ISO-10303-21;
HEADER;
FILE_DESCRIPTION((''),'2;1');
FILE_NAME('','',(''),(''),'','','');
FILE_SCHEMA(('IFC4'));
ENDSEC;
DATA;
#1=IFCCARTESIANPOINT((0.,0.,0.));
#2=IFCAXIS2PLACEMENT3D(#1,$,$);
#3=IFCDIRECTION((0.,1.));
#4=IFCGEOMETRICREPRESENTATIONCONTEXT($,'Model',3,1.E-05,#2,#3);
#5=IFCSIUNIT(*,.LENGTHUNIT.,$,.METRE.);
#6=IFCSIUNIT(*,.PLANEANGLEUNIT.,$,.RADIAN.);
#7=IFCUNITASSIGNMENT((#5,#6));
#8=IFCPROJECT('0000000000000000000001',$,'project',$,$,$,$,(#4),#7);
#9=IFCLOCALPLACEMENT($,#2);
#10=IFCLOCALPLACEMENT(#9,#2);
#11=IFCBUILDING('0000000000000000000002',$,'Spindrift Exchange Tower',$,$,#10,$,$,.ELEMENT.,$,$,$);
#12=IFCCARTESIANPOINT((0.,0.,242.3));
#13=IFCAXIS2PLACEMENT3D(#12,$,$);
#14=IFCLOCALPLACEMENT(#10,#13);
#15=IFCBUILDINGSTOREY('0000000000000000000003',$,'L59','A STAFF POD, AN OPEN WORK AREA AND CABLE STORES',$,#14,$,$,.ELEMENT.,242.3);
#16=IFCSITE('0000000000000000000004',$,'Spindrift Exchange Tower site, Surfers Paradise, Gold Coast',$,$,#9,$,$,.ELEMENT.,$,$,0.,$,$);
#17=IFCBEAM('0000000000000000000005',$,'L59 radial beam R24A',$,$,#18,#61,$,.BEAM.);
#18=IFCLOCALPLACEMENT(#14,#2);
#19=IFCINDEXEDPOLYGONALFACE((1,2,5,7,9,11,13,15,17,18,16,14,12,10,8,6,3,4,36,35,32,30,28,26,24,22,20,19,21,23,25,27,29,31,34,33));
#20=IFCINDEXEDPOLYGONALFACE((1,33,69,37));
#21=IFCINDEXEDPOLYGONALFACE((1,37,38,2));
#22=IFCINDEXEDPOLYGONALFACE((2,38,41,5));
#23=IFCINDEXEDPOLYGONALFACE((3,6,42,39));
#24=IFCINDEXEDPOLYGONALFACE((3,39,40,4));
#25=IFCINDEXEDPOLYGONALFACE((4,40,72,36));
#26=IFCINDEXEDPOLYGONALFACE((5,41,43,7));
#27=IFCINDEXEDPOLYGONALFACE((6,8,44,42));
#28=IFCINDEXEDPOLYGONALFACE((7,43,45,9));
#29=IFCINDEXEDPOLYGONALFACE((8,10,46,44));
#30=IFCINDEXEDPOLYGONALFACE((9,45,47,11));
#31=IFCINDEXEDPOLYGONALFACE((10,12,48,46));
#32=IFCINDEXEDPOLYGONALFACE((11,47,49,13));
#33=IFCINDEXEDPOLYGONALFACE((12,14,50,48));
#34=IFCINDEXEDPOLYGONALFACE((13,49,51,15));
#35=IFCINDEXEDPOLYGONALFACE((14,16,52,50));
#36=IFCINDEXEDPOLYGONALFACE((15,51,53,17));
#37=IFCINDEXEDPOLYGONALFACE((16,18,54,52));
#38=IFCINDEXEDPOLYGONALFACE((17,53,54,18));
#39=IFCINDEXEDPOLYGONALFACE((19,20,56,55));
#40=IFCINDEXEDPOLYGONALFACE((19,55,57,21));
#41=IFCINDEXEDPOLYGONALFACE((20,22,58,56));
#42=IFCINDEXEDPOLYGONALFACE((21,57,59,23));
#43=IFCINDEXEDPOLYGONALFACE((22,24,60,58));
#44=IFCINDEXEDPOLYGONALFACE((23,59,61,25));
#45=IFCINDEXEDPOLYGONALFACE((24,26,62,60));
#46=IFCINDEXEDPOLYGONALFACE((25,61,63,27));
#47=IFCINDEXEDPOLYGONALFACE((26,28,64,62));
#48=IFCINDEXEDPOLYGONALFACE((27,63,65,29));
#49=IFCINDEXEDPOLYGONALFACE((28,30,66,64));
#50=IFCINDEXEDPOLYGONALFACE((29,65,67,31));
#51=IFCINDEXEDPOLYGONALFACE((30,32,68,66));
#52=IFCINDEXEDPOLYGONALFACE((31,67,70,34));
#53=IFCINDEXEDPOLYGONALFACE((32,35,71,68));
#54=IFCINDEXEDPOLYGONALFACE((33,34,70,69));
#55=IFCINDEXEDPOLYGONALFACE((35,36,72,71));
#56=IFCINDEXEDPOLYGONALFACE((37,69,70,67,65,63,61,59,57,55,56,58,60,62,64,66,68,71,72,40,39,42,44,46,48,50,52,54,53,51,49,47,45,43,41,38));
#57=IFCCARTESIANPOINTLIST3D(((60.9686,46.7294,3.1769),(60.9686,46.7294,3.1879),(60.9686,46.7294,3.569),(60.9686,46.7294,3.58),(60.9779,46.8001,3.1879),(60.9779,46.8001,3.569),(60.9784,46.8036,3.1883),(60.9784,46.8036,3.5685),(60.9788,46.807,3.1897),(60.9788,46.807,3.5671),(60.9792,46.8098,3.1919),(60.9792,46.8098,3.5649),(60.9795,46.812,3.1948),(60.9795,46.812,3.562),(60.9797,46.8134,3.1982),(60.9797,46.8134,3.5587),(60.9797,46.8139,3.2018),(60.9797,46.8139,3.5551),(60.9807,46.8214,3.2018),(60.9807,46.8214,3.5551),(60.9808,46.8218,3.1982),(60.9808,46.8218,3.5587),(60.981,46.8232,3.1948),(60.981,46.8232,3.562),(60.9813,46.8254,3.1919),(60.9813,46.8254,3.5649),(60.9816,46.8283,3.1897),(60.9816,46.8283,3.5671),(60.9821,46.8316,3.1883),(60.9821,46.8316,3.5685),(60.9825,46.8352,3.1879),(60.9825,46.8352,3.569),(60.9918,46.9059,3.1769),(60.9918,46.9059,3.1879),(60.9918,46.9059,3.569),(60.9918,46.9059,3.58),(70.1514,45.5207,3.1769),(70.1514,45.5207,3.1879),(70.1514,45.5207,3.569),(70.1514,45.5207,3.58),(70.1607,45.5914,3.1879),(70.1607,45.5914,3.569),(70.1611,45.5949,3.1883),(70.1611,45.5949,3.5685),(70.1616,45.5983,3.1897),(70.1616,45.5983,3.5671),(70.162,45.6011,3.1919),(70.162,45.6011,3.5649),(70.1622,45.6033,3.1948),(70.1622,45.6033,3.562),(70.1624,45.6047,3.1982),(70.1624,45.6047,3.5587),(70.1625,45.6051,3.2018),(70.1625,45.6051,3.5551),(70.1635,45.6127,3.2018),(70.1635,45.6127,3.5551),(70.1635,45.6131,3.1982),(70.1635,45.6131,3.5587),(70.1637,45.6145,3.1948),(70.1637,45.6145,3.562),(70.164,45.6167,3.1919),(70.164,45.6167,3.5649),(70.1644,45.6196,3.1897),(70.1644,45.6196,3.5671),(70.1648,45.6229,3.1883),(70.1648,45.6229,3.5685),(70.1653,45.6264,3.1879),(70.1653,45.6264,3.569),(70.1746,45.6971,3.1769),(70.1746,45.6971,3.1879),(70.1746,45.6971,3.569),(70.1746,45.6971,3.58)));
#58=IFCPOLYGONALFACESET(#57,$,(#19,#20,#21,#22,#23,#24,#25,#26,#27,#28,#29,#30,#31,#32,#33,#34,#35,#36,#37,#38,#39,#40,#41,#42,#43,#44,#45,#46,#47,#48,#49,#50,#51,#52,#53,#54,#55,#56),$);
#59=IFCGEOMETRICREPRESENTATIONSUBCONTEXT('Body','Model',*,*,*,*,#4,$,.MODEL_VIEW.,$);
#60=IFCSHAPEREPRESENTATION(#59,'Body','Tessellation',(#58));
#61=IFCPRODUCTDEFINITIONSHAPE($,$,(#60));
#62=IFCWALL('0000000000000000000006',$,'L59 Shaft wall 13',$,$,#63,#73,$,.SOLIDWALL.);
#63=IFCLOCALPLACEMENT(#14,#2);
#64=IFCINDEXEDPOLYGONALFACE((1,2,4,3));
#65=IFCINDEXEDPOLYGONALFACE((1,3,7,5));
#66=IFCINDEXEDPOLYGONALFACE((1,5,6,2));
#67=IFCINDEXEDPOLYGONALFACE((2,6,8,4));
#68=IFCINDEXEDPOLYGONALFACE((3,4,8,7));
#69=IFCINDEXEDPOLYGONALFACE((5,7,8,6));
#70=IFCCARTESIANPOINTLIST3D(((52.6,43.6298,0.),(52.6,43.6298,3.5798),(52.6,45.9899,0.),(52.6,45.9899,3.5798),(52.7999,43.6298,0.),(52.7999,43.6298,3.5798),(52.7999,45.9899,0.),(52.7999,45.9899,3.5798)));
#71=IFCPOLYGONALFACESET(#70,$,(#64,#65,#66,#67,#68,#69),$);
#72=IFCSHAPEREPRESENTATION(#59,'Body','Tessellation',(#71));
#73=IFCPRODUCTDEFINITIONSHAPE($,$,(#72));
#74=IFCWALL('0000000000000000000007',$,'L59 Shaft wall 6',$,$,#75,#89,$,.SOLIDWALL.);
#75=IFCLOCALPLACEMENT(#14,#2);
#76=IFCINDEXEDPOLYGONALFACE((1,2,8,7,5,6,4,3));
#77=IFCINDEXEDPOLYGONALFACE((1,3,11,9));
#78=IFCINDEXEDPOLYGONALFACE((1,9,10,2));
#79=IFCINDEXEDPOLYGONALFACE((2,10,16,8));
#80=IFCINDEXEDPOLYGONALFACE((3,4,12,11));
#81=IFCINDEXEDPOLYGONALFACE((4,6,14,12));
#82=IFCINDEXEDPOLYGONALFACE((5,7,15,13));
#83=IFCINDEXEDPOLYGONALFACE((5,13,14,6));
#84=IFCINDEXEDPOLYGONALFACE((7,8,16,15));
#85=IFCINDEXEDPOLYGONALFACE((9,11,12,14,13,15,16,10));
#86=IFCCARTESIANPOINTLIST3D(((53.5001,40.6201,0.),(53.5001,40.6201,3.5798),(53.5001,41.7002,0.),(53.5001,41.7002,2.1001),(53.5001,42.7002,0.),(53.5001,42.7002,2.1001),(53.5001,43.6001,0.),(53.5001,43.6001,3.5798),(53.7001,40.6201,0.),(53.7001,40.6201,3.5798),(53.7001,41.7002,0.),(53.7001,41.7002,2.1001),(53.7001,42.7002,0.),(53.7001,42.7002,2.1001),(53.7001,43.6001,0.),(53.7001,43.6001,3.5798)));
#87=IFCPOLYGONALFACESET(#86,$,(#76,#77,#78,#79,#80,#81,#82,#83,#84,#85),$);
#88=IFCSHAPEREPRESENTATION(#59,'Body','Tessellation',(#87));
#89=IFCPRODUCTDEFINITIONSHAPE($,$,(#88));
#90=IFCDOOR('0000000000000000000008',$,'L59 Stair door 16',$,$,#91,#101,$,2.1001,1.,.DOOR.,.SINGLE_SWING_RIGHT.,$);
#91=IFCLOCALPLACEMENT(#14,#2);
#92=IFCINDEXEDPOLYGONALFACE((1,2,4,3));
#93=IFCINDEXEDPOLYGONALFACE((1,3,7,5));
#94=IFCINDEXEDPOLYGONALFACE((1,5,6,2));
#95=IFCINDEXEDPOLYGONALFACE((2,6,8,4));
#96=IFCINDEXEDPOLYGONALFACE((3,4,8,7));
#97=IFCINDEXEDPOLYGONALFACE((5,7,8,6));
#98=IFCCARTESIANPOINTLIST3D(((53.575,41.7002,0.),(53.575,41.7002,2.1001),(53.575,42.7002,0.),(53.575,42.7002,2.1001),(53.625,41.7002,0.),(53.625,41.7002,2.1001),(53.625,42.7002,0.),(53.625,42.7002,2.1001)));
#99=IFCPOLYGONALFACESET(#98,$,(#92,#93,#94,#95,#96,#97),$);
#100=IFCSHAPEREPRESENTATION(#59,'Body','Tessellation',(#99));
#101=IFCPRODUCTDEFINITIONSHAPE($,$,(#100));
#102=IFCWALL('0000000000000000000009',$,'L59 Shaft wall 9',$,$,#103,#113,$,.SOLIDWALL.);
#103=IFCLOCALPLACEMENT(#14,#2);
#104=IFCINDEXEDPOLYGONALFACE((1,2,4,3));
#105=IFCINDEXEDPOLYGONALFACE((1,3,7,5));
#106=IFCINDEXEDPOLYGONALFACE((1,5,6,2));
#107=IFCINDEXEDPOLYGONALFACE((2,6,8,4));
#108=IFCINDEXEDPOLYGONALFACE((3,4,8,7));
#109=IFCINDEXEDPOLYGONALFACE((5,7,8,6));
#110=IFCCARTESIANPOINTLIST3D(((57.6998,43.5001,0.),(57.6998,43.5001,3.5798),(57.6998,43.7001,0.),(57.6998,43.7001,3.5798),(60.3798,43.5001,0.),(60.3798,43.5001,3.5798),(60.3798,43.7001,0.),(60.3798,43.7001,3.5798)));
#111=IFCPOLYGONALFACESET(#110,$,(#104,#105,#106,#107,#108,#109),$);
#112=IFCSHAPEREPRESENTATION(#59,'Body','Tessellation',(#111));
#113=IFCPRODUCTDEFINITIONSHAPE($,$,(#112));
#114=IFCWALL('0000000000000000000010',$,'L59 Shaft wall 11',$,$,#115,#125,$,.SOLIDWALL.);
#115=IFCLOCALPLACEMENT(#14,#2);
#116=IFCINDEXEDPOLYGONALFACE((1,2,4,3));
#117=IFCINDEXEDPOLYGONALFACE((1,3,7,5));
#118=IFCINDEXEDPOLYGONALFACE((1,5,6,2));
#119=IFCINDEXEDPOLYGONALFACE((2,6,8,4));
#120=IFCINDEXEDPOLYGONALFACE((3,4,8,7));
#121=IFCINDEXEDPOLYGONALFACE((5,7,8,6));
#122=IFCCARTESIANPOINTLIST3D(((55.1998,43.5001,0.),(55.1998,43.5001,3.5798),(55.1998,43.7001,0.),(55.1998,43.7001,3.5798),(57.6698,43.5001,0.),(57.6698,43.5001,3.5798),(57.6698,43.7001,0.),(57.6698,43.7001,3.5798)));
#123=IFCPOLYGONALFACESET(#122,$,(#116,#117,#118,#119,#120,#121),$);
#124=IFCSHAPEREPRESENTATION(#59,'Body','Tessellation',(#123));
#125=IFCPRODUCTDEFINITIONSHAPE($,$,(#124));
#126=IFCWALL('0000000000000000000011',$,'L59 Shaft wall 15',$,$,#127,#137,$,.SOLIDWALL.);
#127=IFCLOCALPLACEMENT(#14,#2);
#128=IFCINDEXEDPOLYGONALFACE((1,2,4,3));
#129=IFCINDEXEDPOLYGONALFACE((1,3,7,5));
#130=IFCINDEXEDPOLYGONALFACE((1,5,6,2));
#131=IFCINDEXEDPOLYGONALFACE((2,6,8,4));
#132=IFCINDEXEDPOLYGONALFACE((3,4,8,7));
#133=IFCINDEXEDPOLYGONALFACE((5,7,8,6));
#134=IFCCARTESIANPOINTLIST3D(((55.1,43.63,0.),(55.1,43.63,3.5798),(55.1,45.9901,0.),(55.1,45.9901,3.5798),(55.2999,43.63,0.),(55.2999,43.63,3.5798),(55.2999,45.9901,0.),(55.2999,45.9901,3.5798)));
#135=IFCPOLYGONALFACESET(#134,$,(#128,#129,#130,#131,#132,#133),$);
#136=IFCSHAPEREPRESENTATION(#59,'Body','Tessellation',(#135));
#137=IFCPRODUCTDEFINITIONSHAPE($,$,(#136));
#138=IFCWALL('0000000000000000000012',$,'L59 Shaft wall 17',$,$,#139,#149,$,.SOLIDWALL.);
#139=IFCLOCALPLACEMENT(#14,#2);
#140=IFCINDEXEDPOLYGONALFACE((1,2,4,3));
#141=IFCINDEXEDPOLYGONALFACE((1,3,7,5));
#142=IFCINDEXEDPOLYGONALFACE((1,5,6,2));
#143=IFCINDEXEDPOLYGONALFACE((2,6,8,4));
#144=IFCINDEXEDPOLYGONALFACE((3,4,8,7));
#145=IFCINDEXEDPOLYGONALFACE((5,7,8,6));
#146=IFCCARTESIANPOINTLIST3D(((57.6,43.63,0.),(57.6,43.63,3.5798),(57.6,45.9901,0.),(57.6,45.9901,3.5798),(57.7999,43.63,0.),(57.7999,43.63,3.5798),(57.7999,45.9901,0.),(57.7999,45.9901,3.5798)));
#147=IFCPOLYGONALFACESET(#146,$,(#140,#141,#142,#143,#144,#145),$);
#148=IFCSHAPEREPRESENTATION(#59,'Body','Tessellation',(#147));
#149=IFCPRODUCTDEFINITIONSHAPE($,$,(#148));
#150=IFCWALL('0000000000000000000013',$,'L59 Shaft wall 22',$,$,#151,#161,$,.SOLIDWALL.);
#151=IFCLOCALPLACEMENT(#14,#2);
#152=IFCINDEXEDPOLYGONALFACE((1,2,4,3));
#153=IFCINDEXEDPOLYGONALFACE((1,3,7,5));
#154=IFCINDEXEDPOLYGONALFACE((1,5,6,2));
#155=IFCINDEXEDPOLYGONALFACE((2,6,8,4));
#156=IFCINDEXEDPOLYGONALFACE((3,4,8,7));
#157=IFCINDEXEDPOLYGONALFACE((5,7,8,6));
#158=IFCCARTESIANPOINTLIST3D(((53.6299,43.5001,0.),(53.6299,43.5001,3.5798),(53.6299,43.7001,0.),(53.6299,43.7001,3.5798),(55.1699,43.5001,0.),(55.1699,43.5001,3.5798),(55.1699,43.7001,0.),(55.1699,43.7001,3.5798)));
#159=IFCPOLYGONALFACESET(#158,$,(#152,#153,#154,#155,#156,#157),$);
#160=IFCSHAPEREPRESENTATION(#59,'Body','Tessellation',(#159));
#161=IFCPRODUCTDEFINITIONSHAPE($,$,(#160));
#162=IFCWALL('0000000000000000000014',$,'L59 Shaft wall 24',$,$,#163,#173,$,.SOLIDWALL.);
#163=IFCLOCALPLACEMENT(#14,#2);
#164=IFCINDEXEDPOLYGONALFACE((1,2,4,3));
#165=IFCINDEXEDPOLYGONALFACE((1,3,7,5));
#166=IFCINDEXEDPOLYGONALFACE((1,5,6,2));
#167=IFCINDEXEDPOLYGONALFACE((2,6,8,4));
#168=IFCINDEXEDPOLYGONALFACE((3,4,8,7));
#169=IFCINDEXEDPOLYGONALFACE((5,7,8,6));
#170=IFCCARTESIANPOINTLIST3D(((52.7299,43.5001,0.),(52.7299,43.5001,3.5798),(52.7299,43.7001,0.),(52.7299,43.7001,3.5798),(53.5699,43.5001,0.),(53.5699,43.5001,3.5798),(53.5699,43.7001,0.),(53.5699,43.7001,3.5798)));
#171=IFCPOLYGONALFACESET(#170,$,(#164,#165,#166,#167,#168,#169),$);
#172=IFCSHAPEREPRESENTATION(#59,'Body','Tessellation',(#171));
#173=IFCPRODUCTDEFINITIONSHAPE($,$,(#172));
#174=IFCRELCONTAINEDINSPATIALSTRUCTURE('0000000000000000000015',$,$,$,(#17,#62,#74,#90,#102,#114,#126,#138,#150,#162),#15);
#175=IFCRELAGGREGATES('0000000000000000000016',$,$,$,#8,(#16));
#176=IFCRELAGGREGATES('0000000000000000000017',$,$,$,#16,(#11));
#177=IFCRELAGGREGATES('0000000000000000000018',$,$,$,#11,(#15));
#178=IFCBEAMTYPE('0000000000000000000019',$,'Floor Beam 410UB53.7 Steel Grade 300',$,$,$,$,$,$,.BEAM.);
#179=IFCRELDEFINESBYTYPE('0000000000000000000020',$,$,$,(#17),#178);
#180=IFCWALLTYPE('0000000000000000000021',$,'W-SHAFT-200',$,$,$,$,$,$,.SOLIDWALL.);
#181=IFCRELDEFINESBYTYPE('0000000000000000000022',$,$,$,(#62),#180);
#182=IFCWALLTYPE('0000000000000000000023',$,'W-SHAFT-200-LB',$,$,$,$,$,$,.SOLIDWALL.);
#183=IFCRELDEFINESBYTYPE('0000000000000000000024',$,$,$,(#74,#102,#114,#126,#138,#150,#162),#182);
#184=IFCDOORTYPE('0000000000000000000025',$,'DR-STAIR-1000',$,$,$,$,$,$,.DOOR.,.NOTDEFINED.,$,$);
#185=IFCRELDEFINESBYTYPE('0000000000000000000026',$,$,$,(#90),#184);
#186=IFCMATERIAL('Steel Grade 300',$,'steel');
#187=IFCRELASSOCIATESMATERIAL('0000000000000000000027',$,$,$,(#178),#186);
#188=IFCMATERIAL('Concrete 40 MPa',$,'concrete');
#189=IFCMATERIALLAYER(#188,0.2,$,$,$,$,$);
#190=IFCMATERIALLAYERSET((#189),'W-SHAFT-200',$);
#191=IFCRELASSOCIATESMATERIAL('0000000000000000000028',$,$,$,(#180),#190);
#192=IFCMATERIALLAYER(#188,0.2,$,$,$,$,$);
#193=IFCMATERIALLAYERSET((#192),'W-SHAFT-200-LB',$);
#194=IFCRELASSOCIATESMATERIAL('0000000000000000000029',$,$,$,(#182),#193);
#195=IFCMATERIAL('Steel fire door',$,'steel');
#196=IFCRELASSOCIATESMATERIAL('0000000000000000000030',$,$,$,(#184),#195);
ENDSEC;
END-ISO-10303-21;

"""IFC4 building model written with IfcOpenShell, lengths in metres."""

from ifc_helpers import new_model, si_unit, direction, frame, frame_2d, origin, origin_2d, place, context, subcontext, project, spatial, rectangle, i_section, extrude, source, transform, mapped, material, layer, layer_set, material_profile, profile_set, type_object, element, fill, save


model = new_model("IFC4")

# Units and contexts
model_context = context("Model", 3, precision=1e-05, world=origin(), true_north=direction((0.0, 1.0)))
body_context = subcontext(model_context, "Body", "Model", "MODEL_VIEW")
ifc_project = project(units=[si_unit("LENGTHUNIT", "METRE"), si_unit("PLANEANGLEUNIT", "RADIAN")], contexts=[model_context])

# Site, building, storey
site_placement = place(None, origin())
site = spatial("IfcSite", under=ifc_project, at=site_placement, Name="Spindrift Exchange Tower site, Surfers Paradise, Gold Coast", CompositionType="ELEMENT", RefElevation=0.0)
building_placement = place(site_placement, origin())
building = spatial("IfcBuilding", under=site, at=building_placement, Name="Spindrift Exchange Tower", CompositionType="ELEMENT")
storey_placement = place(building_placement, frame((0.0, 0.0, 242.3)))
storey = spatial("IfcBuildingStorey", under=building, at=storey_placement, Name="L59", Description="A STAFF POD, AN OPEN WORK AREA AND CABLE STORES", CompositionType="ELEMENT", Elevation=242.3)

# Beam
ifc_material_1 = material(Name="Steel Grade 300", Category="steel")
ifc_material_profile_1 = material_profile(ifc_material_1, i_section(OverallWidth=0.178, OverallDepth=0.4031, WebThickness=0.0076, FlangeThickness=0.011, FilletRadius=0.0139, at=origin_2d()), Name="410UB53.7")
ifc_profile_set_1 = profile_set([ifc_material_profile_1], Name="Steel Grade 300")
beam_type_1 = type_object("IfcBeamType", Name="Floor Beam 410UB53.7 Steel Grade 300", PredefinedType="BEAM", material=ifc_profile_set_1)
shared_shape_1 = source(origin(), body_context, "Body", "SweptSolid", [
    extrude(i_section(OverallWidth=0.178, OverallDepth=0.4031, WebThickness=0.0076, FlangeThickness=0.011, FilletRadius=0.0139, at=origin_2d()), origin(), (0.0, 0.0, 1.0), 9.262),
])
beam_1_placement = place(storey_placement, frame((60.9802, 46.8176, 3.3784), z_axis=(0.991448, -0.130504, 0.0), x_axis=(0.130504, 0.991448, 0.0)))
element("IfcBeam", 1, at=beam_1_placement, inside=storey, type_object=beam_type_1, Name="L59 radial beam R24A", PredefinedType="BEAM", context=body_context, shape_type="MappedRepresentation", body=[
    mapped(shared_shape_1, transform((0.0, 0.0, 0.0), scale=1.0)),
])

# Wall
ifc_material_2 = material(Name="Concrete 40 MPa", Category="concrete")
ifc_layer_1 = layer(ifc_material_2, 0.2)
ifc_layer_set_1 = layer_set([ifc_layer_1], Name="W-SHAFT-200")
wall_type_1 = type_object("IfcWallType", Name="W-SHAFT-200", PredefinedType="SOLIDWALL", material=ifc_layer_set_1)
wall_1_placement = place(storey_placement, frame((52.7, 45.99, 0.0), z_axis=(0.0, 0.0, 1.0), x_axis=(0.0, -1.0, 0.0)))
element("IfcWall", 2, at=wall_1_placement, inside=storey, type_object=wall_type_1, Name="L59 Shaft wall 13", PredefinedType="SOLIDWALL", context=body_context, shape_type="SweptSolid", body=[
    extrude(rectangle(XDim=2.3601, YDim=0.2, at=frame_2d((1.1802, 0.0))), origin(), (0.0, 0.0, 1.0), 3.5798),
])

# Wall, opening, door
ifc_layer_2 = layer(ifc_material_2, 0.2)
ifc_layer_set_2 = layer_set([ifc_layer_2], Name="W-SHAFT-200-LB")
wall_type_2 = type_object("IfcWallType", Name="W-SHAFT-200-LB", PredefinedType="SOLIDWALL", material=ifc_layer_set_2)
wall_2_placement = place(storey_placement, frame((53.6001, 43.6001, 0.0), z_axis=(0.0, 0.0, 1.0), x_axis=(0.0, -1.0, 0.0)))
wall_2 = element("IfcWall", 3, at=wall_2_placement, inside=storey, type_object=wall_type_2, Name="L59 Shaft wall 6", PredefinedType="SOLIDWALL", context=body_context, shape_type="SweptSolid", body=[
    extrude(rectangle(XDim=2.98, YDim=0.2, at=frame_2d((1.49, 0.0))), origin(), (0.0, 0.0, 1.0), 3.5798),
])
opening_placement = place(wall_2_placement, frame((0.8999, 0.0, 0.0)))
opening = element("IfcOpeningElement", 4, at=opening_placement, cuts=wall_2, PredefinedType="OPENING", context=body_context, shape_type="SweptSolid", body=[
    extrude(rectangle(XDim=1.0, YDim=2.1001, at=frame_2d((0.5, 1.05))), frame((0.0, 0.1099, 0.0), z_axis=(0.0, -1.0, 0.0), x_axis=(1.0, 0.0, 0.0)), (0.0, 0.0, 1.0), 0.22),
])
ifc_material_3 = material(Name="Steel fire door", Category="steel")
door_type = type_object("IfcDoorType", Name="DR-STAIR-1000", OperationType="NOTDEFINED", PredefinedType="DOOR", material=ifc_material_3)
shared_shape_2 = source(origin(), body_context, "Body", "SweptSolid", [
    extrude(rectangle(XDim=1.0, YDim=2.1001, at=frame_2d((0.5, 1.05))), frame((0.0, 0.0249, 0.0), z_axis=(0.0, -1.0, 0.0), x_axis=(1.0, 0.0, 0.0)), (0.0, 0.0, 1.0), 0.05),
])
door_placement = place(opening_placement, origin())
door = element("IfcDoor", 5, at=door_placement, inside=storey, type_object=door_type, Name="L59 Stair door 16", OperationType="SINGLE_SWING_RIGHT", OverallHeight=2.1001, OverallWidth=1.0, PredefinedType="DOOR", context=body_context, shape_type="MappedRepresentation", body=[
    mapped(shared_shape_2, transform((0.0, 0.0, 0.0), scale=1.0)),
])
fill(opening, door)

# Walls
wall_3_placement = place(storey_placement, frame((57.7, 43.6001, 0.0), z_axis=(0.0, 0.0, 1.0), x_axis=(1.0, 0.0, 0.0)))
element("IfcWall", 6, at=wall_3_placement, inside=storey, type_object=wall_type_2, Name="L59 Shaft wall 9", PredefinedType="SOLIDWALL", context=body_context, shape_type="SweptSolid", body=[
    extrude(rectangle(XDim=2.6799, YDim=0.2, at=frame_2d((1.3398, 0.0))), origin(), (0.0, 0.0, 1.0), 3.5798),
])
wall_4_placement = place(storey_placement, frame((55.2, 43.6001, 0.0), z_axis=(0.0, 0.0, 1.0), x_axis=(1.0, 0.0, 0.0)))
element("IfcWall", 7, at=wall_4_placement, inside=storey, type_object=wall_type_2, Name="L59 Shaft wall 11", PredefinedType="SOLIDWALL", context=body_context, shape_type="SweptSolid", body=[
    extrude(rectangle(XDim=2.47, YDim=0.2, at=frame_2d((1.2349, 0.0))), origin(), (0.0, 0.0, 1.0), 3.5798),
])
for number, where, z_axis, x_axis, name in (
    (8, (55.2, 43.6299, 0.0), (0.0, 0.0, 1.0), (0.0, 1.0, 0.0), "L59 Shaft wall 15"),
    (9, (57.7, 43.6299, 0.0), (0.0, 0.0, 1.0), (0.0, 1.0, 0.0), "L59 Shaft wall 17"),
):
    element("IfcWall", number, at=place(storey_placement, frame(where, z_axis=z_axis, x_axis=x_axis)), inside=storey, type_object=wall_type_2, Name=name, PredefinedType="SOLIDWALL", context=body_context, shape_type="SweptSolid", body=[
        extrude(rectangle(XDim=2.3601, YDim=0.2, at=frame_2d((1.1802, 0.0))), origin(), (0.0, 0.0, 1.0), 3.5798),
    ])
wall_5_placement = place(storey_placement, frame((53.6299, 43.6001, 0.0), z_axis=(0.0, 0.0, 1.0), x_axis=(1.0, 0.0, 0.0)))
element("IfcWall", 10, at=wall_5_placement, inside=storey, type_object=wall_type_2, Name="L59 Shaft wall 22", PredefinedType="SOLIDWALL", context=body_context, shape_type="SweptSolid", body=[
    extrude(rectangle(XDim=1.54, YDim=0.2, at=frame_2d((0.77, 0.0))), origin(), (0.0, 0.0, 1.0), 3.5798),
])
wall_6_placement = place(storey_placement, frame((52.73, 43.6001, 0.0), z_axis=(0.0, 0.0, 1.0), x_axis=(1.0, 0.0, 0.0)))
element("IfcWall", 11, at=wall_6_placement, inside=storey, type_object=wall_type_2, Name="L59 Shaft wall 24", PredefinedType="SOLIDWALL", context=body_context, shape_type="SweptSolid", body=[
    extrude(rectangle(XDim=0.8401, YDim=0.2, at=frame_2d((0.4199, 0.0))), origin(), (0.0, 0.0, 1.0), 3.5798),
])

save(model, "model.ifc")
